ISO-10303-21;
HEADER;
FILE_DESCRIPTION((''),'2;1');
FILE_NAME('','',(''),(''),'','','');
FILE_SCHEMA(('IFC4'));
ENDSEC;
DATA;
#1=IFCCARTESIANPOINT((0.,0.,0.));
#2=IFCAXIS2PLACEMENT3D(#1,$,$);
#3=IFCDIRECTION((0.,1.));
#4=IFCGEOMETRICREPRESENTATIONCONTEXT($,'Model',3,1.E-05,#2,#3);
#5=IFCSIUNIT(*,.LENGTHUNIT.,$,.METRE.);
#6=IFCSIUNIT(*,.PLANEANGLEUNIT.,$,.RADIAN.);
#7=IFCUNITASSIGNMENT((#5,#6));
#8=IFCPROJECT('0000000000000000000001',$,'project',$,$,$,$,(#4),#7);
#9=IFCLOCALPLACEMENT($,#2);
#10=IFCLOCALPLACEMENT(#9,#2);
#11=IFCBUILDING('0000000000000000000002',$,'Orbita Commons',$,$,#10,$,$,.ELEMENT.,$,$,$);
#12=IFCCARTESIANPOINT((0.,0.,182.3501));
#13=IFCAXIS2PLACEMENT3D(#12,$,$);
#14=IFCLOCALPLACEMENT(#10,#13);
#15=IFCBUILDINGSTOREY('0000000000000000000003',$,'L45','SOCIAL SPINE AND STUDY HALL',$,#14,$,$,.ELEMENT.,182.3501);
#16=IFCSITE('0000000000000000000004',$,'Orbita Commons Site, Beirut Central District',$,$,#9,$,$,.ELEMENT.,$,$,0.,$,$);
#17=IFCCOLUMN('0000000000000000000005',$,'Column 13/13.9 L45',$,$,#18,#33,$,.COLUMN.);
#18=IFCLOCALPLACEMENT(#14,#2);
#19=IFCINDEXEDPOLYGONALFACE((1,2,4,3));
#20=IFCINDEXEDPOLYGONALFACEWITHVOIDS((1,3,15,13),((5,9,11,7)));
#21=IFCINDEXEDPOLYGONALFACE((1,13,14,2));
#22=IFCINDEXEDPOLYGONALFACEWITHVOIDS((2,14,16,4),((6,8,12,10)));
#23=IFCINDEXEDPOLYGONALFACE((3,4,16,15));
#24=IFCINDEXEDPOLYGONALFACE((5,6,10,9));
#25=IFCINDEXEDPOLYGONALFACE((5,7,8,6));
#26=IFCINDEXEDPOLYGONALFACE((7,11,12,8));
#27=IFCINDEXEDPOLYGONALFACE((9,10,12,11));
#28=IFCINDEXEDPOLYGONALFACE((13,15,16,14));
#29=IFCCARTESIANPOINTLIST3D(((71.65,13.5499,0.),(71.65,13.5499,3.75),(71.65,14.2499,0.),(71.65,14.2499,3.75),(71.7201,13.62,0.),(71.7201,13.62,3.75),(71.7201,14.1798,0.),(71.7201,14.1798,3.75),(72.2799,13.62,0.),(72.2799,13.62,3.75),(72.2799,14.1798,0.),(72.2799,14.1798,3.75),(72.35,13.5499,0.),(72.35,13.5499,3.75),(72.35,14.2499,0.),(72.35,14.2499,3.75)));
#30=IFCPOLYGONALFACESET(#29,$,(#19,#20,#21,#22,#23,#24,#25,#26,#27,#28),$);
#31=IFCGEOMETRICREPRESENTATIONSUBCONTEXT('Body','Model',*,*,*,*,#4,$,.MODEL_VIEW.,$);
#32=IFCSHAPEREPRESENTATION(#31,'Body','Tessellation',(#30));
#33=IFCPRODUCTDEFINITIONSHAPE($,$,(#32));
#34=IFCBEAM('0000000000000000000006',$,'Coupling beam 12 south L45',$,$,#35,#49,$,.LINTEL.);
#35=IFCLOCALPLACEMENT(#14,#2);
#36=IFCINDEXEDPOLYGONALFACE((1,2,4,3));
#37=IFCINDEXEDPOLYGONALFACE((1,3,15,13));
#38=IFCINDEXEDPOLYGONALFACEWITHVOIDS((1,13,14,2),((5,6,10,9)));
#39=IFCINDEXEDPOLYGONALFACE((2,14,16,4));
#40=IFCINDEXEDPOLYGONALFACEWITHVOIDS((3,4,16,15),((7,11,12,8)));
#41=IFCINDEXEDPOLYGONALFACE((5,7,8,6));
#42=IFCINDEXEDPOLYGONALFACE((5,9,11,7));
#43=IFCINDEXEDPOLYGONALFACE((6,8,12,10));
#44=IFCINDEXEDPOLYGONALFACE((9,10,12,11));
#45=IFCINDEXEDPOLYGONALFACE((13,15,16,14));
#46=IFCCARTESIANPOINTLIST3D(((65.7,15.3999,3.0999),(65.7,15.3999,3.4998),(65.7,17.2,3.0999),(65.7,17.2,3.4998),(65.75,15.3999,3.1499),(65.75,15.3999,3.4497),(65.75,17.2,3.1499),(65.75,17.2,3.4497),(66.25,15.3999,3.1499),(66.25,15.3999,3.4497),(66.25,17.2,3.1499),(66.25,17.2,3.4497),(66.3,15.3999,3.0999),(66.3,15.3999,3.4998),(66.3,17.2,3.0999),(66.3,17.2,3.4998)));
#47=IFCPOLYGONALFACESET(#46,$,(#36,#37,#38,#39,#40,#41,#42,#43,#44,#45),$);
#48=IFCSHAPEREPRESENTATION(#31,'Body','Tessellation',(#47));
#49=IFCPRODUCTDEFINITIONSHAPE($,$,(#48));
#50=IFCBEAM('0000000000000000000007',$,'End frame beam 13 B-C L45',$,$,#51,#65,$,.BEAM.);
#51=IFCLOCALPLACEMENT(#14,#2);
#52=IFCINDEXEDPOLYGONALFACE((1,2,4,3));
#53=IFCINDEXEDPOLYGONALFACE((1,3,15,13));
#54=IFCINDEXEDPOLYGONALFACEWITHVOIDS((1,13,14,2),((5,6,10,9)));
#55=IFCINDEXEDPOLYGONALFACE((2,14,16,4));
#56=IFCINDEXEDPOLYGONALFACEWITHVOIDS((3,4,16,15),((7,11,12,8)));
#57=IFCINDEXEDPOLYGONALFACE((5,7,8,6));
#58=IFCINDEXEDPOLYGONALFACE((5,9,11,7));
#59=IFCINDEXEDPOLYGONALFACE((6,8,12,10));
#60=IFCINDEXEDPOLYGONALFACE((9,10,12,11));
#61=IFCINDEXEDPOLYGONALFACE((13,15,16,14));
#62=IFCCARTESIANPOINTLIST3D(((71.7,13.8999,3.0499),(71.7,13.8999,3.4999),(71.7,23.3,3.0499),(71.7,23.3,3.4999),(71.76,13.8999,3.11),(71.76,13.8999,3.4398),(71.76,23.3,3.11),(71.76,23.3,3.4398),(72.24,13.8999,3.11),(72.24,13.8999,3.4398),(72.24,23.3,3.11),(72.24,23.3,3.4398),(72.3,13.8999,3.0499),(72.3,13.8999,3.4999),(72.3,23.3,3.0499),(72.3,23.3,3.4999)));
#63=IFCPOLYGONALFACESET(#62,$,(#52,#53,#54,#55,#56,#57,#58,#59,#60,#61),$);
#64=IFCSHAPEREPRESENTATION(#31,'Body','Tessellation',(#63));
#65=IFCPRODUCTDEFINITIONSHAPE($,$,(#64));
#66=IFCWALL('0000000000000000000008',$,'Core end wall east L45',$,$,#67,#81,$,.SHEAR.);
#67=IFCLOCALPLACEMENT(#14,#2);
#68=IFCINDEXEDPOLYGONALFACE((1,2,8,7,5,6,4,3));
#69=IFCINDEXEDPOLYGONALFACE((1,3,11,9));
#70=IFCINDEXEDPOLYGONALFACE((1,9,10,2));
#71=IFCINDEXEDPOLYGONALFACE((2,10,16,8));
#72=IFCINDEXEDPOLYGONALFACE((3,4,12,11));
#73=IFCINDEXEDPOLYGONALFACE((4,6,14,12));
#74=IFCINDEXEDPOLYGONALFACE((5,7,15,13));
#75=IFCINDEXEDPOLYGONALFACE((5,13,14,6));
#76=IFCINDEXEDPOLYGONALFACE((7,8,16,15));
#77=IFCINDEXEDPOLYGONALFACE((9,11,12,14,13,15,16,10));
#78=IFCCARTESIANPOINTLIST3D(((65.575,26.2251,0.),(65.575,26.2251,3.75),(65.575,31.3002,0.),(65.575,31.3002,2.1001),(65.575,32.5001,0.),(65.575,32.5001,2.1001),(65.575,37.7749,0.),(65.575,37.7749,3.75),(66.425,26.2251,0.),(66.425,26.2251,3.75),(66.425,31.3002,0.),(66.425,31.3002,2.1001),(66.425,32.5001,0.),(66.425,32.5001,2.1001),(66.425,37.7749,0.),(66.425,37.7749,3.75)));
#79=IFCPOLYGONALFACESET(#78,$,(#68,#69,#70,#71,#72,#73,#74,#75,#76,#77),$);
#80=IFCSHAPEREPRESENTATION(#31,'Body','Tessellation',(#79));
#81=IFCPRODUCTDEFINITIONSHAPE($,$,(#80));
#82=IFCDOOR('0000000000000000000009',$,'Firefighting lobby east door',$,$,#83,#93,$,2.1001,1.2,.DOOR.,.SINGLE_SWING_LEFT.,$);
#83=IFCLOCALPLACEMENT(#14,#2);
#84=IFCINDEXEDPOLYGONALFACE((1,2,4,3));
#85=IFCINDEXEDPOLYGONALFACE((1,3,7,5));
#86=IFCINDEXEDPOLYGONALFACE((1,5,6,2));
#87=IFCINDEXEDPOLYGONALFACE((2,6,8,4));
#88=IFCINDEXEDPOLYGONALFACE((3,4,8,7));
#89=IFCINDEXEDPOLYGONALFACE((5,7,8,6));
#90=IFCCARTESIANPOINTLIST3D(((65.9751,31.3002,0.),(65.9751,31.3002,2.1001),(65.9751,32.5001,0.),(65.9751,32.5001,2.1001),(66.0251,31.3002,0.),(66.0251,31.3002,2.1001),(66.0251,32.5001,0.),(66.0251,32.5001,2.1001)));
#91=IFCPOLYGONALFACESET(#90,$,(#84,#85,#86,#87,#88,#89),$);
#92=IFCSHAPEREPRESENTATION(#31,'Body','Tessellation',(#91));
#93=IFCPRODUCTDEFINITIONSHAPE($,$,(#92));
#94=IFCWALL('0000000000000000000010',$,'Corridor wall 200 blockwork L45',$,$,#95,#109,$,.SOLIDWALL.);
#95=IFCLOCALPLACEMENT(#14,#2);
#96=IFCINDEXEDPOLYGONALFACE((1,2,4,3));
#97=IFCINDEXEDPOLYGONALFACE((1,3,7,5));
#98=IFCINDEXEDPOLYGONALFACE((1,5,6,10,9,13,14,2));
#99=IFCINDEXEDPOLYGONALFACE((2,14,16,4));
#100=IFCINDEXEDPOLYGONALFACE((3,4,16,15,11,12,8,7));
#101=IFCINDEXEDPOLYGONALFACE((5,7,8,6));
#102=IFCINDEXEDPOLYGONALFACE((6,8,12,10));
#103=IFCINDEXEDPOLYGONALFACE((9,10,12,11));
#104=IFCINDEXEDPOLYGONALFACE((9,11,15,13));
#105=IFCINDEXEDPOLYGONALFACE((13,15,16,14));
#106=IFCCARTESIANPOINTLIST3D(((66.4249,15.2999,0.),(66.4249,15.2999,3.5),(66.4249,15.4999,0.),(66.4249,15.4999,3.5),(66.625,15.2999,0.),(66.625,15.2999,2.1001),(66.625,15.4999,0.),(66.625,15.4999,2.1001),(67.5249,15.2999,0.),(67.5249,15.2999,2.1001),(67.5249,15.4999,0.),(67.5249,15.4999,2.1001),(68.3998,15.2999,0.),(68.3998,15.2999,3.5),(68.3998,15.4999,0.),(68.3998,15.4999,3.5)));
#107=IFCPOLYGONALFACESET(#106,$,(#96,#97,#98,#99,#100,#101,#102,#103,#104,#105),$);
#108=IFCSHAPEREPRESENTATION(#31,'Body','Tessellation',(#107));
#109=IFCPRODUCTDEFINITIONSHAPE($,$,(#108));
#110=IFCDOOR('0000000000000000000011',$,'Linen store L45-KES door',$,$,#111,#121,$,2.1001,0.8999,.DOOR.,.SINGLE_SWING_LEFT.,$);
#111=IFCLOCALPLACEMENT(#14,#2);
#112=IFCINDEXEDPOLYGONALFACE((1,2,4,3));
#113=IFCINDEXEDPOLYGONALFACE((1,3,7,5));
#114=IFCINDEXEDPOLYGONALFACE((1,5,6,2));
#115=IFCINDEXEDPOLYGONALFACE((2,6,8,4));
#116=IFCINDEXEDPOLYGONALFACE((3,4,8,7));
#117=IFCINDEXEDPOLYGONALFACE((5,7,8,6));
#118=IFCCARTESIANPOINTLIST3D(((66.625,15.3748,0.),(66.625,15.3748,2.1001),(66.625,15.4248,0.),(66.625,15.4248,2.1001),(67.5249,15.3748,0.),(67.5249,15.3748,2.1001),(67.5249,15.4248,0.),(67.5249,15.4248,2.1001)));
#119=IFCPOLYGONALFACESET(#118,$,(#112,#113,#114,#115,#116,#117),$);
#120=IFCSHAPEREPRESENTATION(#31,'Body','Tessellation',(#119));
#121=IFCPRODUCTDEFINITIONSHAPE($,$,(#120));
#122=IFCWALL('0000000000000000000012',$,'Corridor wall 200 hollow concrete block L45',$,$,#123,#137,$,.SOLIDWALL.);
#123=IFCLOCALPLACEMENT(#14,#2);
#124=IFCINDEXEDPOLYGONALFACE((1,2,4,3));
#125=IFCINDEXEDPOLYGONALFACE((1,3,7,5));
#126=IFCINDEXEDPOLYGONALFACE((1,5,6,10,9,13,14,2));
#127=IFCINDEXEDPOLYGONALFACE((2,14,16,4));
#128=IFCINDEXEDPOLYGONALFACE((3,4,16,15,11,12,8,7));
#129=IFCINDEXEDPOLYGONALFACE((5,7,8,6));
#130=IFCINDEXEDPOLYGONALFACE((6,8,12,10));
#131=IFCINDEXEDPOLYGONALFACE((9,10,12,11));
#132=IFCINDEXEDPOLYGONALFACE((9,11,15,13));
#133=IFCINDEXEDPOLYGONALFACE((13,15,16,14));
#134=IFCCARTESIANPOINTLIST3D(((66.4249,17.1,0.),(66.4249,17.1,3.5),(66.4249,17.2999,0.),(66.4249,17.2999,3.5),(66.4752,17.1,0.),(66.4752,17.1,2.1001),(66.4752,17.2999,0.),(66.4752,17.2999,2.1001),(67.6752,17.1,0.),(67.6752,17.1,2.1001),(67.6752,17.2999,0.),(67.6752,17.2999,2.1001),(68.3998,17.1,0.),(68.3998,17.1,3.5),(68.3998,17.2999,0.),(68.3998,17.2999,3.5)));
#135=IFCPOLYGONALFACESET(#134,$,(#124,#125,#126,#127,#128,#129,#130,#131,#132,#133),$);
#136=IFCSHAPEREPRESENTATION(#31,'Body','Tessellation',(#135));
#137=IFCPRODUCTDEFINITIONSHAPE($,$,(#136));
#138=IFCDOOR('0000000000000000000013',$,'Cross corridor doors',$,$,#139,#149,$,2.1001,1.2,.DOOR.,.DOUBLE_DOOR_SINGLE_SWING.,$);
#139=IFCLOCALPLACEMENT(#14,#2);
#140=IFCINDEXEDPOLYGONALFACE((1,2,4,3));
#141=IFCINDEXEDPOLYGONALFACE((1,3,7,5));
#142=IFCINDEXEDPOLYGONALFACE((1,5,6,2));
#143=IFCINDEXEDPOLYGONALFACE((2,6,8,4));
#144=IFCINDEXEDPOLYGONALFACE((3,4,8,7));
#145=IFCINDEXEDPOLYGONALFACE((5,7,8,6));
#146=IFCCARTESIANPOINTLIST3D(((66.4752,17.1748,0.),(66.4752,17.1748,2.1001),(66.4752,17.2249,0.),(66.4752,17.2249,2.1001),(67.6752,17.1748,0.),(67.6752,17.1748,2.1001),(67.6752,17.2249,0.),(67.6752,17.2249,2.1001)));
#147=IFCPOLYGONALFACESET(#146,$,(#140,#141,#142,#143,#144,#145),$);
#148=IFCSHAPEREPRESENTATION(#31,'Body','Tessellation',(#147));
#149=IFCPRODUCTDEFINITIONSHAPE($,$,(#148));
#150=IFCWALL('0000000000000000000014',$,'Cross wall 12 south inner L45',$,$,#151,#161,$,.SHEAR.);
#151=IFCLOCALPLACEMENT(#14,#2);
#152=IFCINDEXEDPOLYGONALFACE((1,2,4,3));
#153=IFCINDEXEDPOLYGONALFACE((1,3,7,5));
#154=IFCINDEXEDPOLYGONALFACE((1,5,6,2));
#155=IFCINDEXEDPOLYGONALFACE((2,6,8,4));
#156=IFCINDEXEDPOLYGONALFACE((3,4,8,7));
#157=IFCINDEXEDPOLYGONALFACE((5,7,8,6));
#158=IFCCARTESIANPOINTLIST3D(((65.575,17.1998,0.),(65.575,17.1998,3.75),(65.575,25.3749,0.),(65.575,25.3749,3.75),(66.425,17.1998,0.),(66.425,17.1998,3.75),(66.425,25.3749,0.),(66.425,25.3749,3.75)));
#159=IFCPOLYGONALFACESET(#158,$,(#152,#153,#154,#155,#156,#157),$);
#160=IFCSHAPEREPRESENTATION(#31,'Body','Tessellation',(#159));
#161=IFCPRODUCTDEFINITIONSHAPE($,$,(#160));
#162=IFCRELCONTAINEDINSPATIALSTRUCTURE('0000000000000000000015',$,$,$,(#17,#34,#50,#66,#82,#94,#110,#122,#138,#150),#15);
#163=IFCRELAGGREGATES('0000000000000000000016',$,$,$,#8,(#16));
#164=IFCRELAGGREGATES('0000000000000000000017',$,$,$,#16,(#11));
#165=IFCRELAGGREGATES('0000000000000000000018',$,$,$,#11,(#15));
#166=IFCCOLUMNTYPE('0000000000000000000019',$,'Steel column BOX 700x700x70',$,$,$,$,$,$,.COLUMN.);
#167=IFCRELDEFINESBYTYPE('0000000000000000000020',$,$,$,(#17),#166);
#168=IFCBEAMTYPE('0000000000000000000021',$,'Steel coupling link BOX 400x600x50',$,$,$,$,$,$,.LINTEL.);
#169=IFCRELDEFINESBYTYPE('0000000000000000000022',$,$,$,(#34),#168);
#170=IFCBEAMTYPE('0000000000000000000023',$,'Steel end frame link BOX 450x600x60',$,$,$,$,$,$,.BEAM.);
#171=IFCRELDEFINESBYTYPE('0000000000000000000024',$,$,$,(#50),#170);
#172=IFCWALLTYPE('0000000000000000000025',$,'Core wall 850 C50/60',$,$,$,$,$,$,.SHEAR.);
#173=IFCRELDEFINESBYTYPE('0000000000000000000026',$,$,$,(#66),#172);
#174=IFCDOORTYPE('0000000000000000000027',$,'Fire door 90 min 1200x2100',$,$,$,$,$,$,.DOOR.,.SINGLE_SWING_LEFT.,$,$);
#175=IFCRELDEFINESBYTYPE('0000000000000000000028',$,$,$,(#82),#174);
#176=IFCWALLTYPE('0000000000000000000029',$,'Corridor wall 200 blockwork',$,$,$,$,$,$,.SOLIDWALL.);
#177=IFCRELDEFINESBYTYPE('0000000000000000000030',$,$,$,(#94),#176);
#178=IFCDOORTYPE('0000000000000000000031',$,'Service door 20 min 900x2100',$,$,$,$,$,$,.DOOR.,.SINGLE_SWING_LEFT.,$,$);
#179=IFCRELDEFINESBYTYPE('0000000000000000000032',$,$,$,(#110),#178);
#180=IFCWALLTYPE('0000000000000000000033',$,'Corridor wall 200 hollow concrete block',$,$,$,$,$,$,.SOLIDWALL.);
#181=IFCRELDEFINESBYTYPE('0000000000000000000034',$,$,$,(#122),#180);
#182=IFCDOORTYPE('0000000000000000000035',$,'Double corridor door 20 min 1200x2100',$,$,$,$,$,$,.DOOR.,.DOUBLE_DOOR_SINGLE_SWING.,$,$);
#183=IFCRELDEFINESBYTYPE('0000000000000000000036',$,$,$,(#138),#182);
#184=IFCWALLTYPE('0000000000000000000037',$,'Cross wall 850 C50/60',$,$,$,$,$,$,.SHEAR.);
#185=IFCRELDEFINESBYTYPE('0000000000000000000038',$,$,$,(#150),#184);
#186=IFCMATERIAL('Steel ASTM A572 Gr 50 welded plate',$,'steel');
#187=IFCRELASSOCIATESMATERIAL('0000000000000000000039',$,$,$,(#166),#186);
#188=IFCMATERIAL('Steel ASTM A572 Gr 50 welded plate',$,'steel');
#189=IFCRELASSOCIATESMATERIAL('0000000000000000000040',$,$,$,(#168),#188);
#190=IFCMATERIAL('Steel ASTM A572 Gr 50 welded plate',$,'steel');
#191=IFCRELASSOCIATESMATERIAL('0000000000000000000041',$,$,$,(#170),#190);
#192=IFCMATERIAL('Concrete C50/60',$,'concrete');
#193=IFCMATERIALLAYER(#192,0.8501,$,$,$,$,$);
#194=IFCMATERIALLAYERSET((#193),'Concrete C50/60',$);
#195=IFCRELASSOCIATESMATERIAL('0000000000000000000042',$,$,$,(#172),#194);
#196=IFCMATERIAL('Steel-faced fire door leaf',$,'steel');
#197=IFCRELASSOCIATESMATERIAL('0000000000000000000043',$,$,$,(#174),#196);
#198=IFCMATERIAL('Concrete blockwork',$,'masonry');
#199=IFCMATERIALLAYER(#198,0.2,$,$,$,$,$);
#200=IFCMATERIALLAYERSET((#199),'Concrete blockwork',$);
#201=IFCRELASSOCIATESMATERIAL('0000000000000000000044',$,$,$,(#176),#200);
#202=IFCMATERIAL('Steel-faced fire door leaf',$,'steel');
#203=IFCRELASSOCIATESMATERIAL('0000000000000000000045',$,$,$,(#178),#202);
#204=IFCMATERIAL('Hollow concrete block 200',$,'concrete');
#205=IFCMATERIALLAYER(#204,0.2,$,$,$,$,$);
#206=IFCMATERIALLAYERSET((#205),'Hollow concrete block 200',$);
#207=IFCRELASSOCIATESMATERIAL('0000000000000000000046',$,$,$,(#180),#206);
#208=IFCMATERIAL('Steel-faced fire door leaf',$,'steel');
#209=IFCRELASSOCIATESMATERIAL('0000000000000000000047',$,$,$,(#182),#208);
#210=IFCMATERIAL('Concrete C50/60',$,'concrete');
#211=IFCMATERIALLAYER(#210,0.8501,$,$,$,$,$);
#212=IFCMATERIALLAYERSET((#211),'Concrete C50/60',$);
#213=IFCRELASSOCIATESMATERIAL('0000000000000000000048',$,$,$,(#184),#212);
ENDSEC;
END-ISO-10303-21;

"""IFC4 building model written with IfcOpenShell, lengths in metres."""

from ifc_helpers import new_model, si_unit, direction, frame, frame_2d, origin, origin_2d, place, context, subcontext, project, spatial, rectangle, hollow_rectangle, extrude, material, layer, layer_set, material_profile, profile_set, type_object, element, fill, save


model = new_model("IFC4")

# Units and contexts
model_context = context("Model", 3, precision=1e-05, world=origin(), true_north=direction((0.0, 1.0)))
body_context = subcontext(model_context, "Body", "Model", "MODEL_VIEW")
ifc_project = project(units=[si_unit("LENGTHUNIT", "METRE"), si_unit("PLANEANGLEUNIT", "RADIAN")], contexts=[model_context])

# Site, building, storey
site_placement = place(None, origin())
site = spatial("IfcSite", under=ifc_project, at=site_placement, Name="Orbita Commons Site, Beirut Central District", CompositionType="ELEMENT", RefElevation=0.0)
building_placement = place(site_placement, origin())
building = spatial("IfcBuilding", under=site, at=building_placement, Name="Orbita Commons", CompositionType="ELEMENT")
storey_placement = place(building_placement, frame((0.0, 0.0, 182.3501)))
storey = spatial("IfcBuildingStorey", under=building, at=storey_placement, Name="L45", Description="SOCIAL SPINE AND STUDY HALL", CompositionType="ELEMENT", Elevation=182.3501)

# Column
ifc_material_1 = material(Name="Steel ASTM A572 Gr 50 welded plate", Category="steel")
ifc_material_profile_1 = material_profile(ifc_material_1, hollow_rectangle(XDim=0.7, YDim=0.7, WallThickness=0.0701, at=origin_2d()), Name="BOX 700x700x70")
ifc_profile_set_1 = profile_set([ifc_material_profile_1], Name="Steel ASTM A572 Gr 50 welded plate")
column_type = type_object("IfcColumnType", Name="Steel column BOX 700x700x70", PredefinedType="COLUMN", material=ifc_profile_set_1)
column_placement = place(storey_placement, frame((72.0, 13.8999, 0.0), z_axis=(0.0, 0.0, 1.0), x_axis=(1.0, 0.0, 0.0)))
element("IfcColumn", 1, at=column_placement, inside=storey, type_object=column_type, Name="Column 13/13.9 L45", PredefinedType="COLUMN", context=body_context, shape_type="SweptSolid", body=[
    extrude(hollow_rectangle(XDim=0.7, YDim=0.7, WallThickness=0.0701, at=origin_2d()), origin(), (0.0, 0.0, 1.0), 3.75),
])

# Beams
ifc_material_2 = material(Name="Steel ASTM A572 Gr 50 welded plate", Category="steel")
ifc_material_profile_2 = material_profile(ifc_material_2, hollow_rectangle(XDim=0.6001, YDim=0.3999, WallThickness=0.05, at=origin_2d()), Name="BOX 400x600x50")
ifc_profile_set_2 = profile_set([ifc_material_profile_2], Name="Steel ASTM A572 Gr 50 welded plate")
beam_type_1 = type_object("IfcBeamType", Name="Steel coupling link BOX 400x600x50", PredefinedType="LINTEL", material=ifc_profile_set_2)
beam_1_placement = place(storey_placement, frame((66.0, 15.3999, 3.2998), z_axis=(0.0, 1.0, 0.0), x_axis=(-1.0, 0.0, 0.0)))
element("IfcBeam", 2, at=beam_1_placement, inside=storey, type_object=beam_type_1, Name="Coupling beam 12 south L45", PredefinedType="LINTEL", context=body_context, shape_type="SweptSolid", body=[
    extrude(hollow_rectangle(XDim=0.6001, YDim=0.3999, WallThickness=0.05, at=origin_2d()), origin(), (0.0, 0.0, 1.0), 1.8),
])
ifc_material_3 = material(Name="Steel ASTM A572 Gr 50 welded plate", Category="steel")
ifc_material_profile_3 = material_profile(ifc_material_3, hollow_rectangle(XDim=0.6001, YDim=0.45, WallThickness=0.0601, at=origin_2d()), Name="BOX 450x600x60")
ifc_profile_set_3 = profile_set([ifc_material_profile_3], Name="Steel ASTM A572 Gr 50 welded plate")
beam_type_2 = type_object("IfcBeamType", Name="Steel end frame link BOX 450x600x60", PredefinedType="BEAM", material=ifc_profile_set_3)
beam_2_placement = place(storey_placement, frame((72.0, 13.8999, 3.2749), z_axis=(0.0, 1.0, 0.0), x_axis=(-1.0, 0.0, 0.0)))
element("IfcBeam", 3, at=beam_2_placement, inside=storey, type_object=beam_type_2, Name="End frame beam 13 B-C L45", PredefinedType="BEAM", context=body_context, shape_type="SweptSolid", body=[
    extrude(hollow_rectangle(XDim=0.6001, YDim=0.45, WallThickness=0.0601, at=origin_2d()), origin(), (0.0, 0.0, 1.0), 9.4001),
])

# Walls, openings, doors
ifc_material_4 = material(Name="Concrete C50/60", Category="concrete")
ifc_layer_1 = layer(ifc_material_4, 0.8501)
ifc_layer_set_1 = layer_set([ifc_layer_1], Name="Concrete C50/60")
wall_type_1 = type_object("IfcWallType", Name="Core wall 850 C50/60", PredefinedType="SHEAR", material=ifc_layer_set_1)
wall_1_placement = place(storey_placement, frame((66.0, 26.2251, 0.0), z_axis=(0.0, 0.0, 1.0), x_axis=(0.0, 1.0, 0.0)))
wall_1 = element("IfcWall", 4, at=wall_1_placement, inside=storey, type_object=wall_type_1, Name="Core end wall east L45", PredefinedType="SHEAR", context=body_context, shape_type="SweptSolid", body=[
    extrude(rectangle(XDim=11.5498, YDim=0.8501, at=frame_2d((5.7749, 0.0))), origin(), (0.0, 0.0, 1.0), 3.75),
])
opening_1_placement = place(wall_1_placement, frame((5.075, 0.0, 0.0)))
opening_1 = element("IfcOpeningElement", 5, at=opening_1_placement, cuts=wall_1, PredefinedType="OPENING", context=body_context, shape_type="SweptSolid", body=[
    extrude(rectangle(XDim=1.2, YDim=2.1001, at=frame_2d((0.6001, 1.05))), frame((0.0, 0.4351, 0.0), z_axis=(0.0, -1.0, 0.0), x_axis=(1.0, 0.0, 0.0)), (0.0, 0.0, 1.0), 0.8701),
])
ifc_material_5 = material(Name="Steel-faced fire door leaf", Category="steel")
door_type_1 = type_object("IfcDoorType", Name="Fire door 90 min 1200x2100", OperationType="SINGLE_SWING_LEFT", PredefinedType="DOOR", material=ifc_material_5)
door_1_placement = place(opening_1_placement, origin())
door_1 = element("IfcDoor", 6, at=door_1_placement, inside=storey, type_object=door_type_1, Name="Firefighting lobby east door", OperationType="SINGLE_SWING_LEFT", OverallHeight=2.1001, OverallWidth=1.2, PredefinedType="DOOR", context=body_context, shape_type="SweptSolid", body=[
    extrude(rectangle(XDim=1.2, YDim=2.1001, at=frame_2d((0.6001, 1.05))), frame((0.0, 0.0249, 0.0), z_axis=(0.0, -1.0, 0.0), x_axis=(1.0, 0.0, 0.0)), (0.0, 0.0, 1.0), 0.05),
])
fill(opening_1, door_1)
ifc_material_6 = material(Name="Concrete blockwork", Category="masonry")
ifc_layer_2 = layer(ifc_material_6, 0.2)
ifc_layer_set_2 = layer_set([ifc_layer_2], Name="Concrete blockwork")
wall_type_2 = type_object("IfcWallType", Name="Corridor wall 200 blockwork", PredefinedType="SOLIDWALL", material=ifc_layer_set_2)
wall_2_placement = place(storey_placement, frame((66.425, 15.3999, 0.0), z_axis=(0.0, 0.0, 1.0), x_axis=(1.0, 0.0, 0.0)))
wall_2 = element("IfcWall", 7, at=wall_2_placement, inside=storey, type_object=wall_type_2, Name="Corridor wall 200 blockwork L45", PredefinedType="SOLIDWALL", context=body_context, shape_type="SweptSolid", body=[
    extrude(rectangle(XDim=1.9749, YDim=0.2, at=frame_2d((0.9873, 0.0))), origin(), (0.0, 0.0, 1.0), 3.5),
])
opening_2_placement = place(wall_2_placement, frame((0.2, 0.0, 0.0)))
opening_2 = element("IfcOpeningElement", 8, at=opening_2_placement, cuts=wall_2, PredefinedType="OPENING", context=body_context, shape_type="SweptSolid", body=[
    extrude(rectangle(XDim=0.8999, YDim=2.1001, at=frame_2d((0.45, 1.05))), frame((0.0, 0.1099, 0.0), z_axis=(0.0, -1.0, 0.0), x_axis=(1.0, 0.0, 0.0)), (0.0, 0.0, 1.0), 0.22),
])
ifc_material_7 = material(Name="Steel-faced fire door leaf", Category="steel")
door_type_2 = type_object("IfcDoorType", Name="Service door 20 min 900x2100", OperationType="SINGLE_SWING_LEFT", PredefinedType="DOOR", material=ifc_material_7)
door_2_placement = place(opening_2_placement, origin())
door_2 = element("IfcDoor", 9, at=door_2_placement, inside=storey, type_object=door_type_2, Name="Linen store L45-KES door", OperationType="SINGLE_SWING_LEFT", OverallHeight=2.1001, OverallWidth=0.8999, PredefinedType="DOOR", context=body_context, shape_type="SweptSolid", body=[
    extrude(rectangle(XDim=0.8999, YDim=2.1001, at=frame_2d((0.45, 1.05))), frame((0.0, 0.0249, 0.0), z_axis=(0.0, -1.0, 0.0), x_axis=(1.0, 0.0, 0.0)), (0.0, 0.0, 1.0), 0.05),
])
fill(opening_2, door_2)
ifc_material_8 = material(Name="Hollow concrete block 200", Category="concrete")
ifc_layer_3 = layer(ifc_material_8, 0.2)
ifc_layer_set_3 = layer_set([ifc_layer_3], Name="Hollow concrete block 200")
wall_type_3 = type_object("IfcWallType", Name="Corridor wall 200 hollow concrete block", PredefinedType="SOLIDWALL", material=ifc_layer_set_3)
wall_3_placement = place(storey_placement, frame((66.425, 17.2, 0.0), z_axis=(0.0, 0.0, 1.0), x_axis=(1.0, 0.0, 0.0)))
wall_3 = element("IfcWall", 10, at=wall_3_placement, inside=storey, type_object=wall_type_3, Name="Corridor wall 200 hollow concrete block L45", PredefinedType="SOLIDWALL", context=body_context, shape_type="SweptSolid", body=[
    extrude(rectangle(XDim=1.9749, YDim=0.2, at=frame_2d((0.9873, 0.0))), origin(), (0.0, 0.0, 1.0), 3.5),
])
opening_3_placement = place(wall_3_placement, frame((0.05, 0.0, 0.0)))
opening_3 = element("IfcOpeningElement", 11, at=opening_3_placement, cuts=wall_3, PredefinedType="OPENING", context=body_context, shape_type="SweptSolid", body=[
    extrude(rectangle(XDim=1.2, YDim=2.1001, at=frame_2d((0.6001, 1.05))), frame((0.0, 0.1099, 0.0), z_axis=(0.0, -1.0, 0.0), x_axis=(1.0, 0.0, 0.0)), (0.0, 0.0, 1.0), 0.22),
])
ifc_material_9 = material(Name="Steel-faced fire door leaf", Category="steel")
door_type_3 = type_object("IfcDoorType", Name="Double corridor door 20 min 1200x2100", OperationType="DOUBLE_DOOR_SINGLE_SWING", PredefinedType="DOOR", material=ifc_material_9)
door_3_placement = place(opening_3_placement, origin())
door_3 = element("IfcDoor", 12, at=door_3_placement, inside=storey, type_object=door_type_3, Name="Cross corridor doors", OperationType="DOUBLE_DOOR_SINGLE_SWING", OverallHeight=2.1001, OverallWidth=1.2, PredefinedType="DOOR", context=body_context, shape_type="SweptSolid", body=[
    extrude(rectangle(XDim=1.2, YDim=2.1001, at=frame_2d((0.6001, 1.05))), frame((0.0, 0.0249, 0.0), z_axis=(0.0, -1.0, 0.0), x_axis=(1.0, 0.0, 0.0)), (0.0, 0.0, 1.0), 0.05),
])
fill(opening_3, door_3)

# Wall
ifc_material_10 = material(Name="Concrete C50/60", Category="concrete")
ifc_layer_4 = layer(ifc_material_10, 0.8501)
ifc_layer_set_4 = layer_set([ifc_layer_4], Name="Concrete C50/60")
wall_type_4 = type_object("IfcWallType", Name="Cross wall 850 C50/60", PredefinedType="SHEAR", material=ifc_layer_set_4)
wall_4_placement = place(storey_placement, frame((66.0, 17.2, 0.0), z_axis=(0.0, 0.0, 1.0), x_axis=(0.0, 1.0, 0.0)))
element("IfcWall", 13, at=wall_4_placement, inside=storey, type_object=wall_type_4, Name="Cross wall 12 south inner L45", PredefinedType="SHEAR", context=body_context, shape_type="SweptSolid", body=[
    extrude(rectangle(XDim=8.175, YDim=0.8501, at=frame_2d((4.0874, 0.0))), origin(), (0.0, 0.0, 1.0), 3.75),
])

save(model, "model.ifc")
